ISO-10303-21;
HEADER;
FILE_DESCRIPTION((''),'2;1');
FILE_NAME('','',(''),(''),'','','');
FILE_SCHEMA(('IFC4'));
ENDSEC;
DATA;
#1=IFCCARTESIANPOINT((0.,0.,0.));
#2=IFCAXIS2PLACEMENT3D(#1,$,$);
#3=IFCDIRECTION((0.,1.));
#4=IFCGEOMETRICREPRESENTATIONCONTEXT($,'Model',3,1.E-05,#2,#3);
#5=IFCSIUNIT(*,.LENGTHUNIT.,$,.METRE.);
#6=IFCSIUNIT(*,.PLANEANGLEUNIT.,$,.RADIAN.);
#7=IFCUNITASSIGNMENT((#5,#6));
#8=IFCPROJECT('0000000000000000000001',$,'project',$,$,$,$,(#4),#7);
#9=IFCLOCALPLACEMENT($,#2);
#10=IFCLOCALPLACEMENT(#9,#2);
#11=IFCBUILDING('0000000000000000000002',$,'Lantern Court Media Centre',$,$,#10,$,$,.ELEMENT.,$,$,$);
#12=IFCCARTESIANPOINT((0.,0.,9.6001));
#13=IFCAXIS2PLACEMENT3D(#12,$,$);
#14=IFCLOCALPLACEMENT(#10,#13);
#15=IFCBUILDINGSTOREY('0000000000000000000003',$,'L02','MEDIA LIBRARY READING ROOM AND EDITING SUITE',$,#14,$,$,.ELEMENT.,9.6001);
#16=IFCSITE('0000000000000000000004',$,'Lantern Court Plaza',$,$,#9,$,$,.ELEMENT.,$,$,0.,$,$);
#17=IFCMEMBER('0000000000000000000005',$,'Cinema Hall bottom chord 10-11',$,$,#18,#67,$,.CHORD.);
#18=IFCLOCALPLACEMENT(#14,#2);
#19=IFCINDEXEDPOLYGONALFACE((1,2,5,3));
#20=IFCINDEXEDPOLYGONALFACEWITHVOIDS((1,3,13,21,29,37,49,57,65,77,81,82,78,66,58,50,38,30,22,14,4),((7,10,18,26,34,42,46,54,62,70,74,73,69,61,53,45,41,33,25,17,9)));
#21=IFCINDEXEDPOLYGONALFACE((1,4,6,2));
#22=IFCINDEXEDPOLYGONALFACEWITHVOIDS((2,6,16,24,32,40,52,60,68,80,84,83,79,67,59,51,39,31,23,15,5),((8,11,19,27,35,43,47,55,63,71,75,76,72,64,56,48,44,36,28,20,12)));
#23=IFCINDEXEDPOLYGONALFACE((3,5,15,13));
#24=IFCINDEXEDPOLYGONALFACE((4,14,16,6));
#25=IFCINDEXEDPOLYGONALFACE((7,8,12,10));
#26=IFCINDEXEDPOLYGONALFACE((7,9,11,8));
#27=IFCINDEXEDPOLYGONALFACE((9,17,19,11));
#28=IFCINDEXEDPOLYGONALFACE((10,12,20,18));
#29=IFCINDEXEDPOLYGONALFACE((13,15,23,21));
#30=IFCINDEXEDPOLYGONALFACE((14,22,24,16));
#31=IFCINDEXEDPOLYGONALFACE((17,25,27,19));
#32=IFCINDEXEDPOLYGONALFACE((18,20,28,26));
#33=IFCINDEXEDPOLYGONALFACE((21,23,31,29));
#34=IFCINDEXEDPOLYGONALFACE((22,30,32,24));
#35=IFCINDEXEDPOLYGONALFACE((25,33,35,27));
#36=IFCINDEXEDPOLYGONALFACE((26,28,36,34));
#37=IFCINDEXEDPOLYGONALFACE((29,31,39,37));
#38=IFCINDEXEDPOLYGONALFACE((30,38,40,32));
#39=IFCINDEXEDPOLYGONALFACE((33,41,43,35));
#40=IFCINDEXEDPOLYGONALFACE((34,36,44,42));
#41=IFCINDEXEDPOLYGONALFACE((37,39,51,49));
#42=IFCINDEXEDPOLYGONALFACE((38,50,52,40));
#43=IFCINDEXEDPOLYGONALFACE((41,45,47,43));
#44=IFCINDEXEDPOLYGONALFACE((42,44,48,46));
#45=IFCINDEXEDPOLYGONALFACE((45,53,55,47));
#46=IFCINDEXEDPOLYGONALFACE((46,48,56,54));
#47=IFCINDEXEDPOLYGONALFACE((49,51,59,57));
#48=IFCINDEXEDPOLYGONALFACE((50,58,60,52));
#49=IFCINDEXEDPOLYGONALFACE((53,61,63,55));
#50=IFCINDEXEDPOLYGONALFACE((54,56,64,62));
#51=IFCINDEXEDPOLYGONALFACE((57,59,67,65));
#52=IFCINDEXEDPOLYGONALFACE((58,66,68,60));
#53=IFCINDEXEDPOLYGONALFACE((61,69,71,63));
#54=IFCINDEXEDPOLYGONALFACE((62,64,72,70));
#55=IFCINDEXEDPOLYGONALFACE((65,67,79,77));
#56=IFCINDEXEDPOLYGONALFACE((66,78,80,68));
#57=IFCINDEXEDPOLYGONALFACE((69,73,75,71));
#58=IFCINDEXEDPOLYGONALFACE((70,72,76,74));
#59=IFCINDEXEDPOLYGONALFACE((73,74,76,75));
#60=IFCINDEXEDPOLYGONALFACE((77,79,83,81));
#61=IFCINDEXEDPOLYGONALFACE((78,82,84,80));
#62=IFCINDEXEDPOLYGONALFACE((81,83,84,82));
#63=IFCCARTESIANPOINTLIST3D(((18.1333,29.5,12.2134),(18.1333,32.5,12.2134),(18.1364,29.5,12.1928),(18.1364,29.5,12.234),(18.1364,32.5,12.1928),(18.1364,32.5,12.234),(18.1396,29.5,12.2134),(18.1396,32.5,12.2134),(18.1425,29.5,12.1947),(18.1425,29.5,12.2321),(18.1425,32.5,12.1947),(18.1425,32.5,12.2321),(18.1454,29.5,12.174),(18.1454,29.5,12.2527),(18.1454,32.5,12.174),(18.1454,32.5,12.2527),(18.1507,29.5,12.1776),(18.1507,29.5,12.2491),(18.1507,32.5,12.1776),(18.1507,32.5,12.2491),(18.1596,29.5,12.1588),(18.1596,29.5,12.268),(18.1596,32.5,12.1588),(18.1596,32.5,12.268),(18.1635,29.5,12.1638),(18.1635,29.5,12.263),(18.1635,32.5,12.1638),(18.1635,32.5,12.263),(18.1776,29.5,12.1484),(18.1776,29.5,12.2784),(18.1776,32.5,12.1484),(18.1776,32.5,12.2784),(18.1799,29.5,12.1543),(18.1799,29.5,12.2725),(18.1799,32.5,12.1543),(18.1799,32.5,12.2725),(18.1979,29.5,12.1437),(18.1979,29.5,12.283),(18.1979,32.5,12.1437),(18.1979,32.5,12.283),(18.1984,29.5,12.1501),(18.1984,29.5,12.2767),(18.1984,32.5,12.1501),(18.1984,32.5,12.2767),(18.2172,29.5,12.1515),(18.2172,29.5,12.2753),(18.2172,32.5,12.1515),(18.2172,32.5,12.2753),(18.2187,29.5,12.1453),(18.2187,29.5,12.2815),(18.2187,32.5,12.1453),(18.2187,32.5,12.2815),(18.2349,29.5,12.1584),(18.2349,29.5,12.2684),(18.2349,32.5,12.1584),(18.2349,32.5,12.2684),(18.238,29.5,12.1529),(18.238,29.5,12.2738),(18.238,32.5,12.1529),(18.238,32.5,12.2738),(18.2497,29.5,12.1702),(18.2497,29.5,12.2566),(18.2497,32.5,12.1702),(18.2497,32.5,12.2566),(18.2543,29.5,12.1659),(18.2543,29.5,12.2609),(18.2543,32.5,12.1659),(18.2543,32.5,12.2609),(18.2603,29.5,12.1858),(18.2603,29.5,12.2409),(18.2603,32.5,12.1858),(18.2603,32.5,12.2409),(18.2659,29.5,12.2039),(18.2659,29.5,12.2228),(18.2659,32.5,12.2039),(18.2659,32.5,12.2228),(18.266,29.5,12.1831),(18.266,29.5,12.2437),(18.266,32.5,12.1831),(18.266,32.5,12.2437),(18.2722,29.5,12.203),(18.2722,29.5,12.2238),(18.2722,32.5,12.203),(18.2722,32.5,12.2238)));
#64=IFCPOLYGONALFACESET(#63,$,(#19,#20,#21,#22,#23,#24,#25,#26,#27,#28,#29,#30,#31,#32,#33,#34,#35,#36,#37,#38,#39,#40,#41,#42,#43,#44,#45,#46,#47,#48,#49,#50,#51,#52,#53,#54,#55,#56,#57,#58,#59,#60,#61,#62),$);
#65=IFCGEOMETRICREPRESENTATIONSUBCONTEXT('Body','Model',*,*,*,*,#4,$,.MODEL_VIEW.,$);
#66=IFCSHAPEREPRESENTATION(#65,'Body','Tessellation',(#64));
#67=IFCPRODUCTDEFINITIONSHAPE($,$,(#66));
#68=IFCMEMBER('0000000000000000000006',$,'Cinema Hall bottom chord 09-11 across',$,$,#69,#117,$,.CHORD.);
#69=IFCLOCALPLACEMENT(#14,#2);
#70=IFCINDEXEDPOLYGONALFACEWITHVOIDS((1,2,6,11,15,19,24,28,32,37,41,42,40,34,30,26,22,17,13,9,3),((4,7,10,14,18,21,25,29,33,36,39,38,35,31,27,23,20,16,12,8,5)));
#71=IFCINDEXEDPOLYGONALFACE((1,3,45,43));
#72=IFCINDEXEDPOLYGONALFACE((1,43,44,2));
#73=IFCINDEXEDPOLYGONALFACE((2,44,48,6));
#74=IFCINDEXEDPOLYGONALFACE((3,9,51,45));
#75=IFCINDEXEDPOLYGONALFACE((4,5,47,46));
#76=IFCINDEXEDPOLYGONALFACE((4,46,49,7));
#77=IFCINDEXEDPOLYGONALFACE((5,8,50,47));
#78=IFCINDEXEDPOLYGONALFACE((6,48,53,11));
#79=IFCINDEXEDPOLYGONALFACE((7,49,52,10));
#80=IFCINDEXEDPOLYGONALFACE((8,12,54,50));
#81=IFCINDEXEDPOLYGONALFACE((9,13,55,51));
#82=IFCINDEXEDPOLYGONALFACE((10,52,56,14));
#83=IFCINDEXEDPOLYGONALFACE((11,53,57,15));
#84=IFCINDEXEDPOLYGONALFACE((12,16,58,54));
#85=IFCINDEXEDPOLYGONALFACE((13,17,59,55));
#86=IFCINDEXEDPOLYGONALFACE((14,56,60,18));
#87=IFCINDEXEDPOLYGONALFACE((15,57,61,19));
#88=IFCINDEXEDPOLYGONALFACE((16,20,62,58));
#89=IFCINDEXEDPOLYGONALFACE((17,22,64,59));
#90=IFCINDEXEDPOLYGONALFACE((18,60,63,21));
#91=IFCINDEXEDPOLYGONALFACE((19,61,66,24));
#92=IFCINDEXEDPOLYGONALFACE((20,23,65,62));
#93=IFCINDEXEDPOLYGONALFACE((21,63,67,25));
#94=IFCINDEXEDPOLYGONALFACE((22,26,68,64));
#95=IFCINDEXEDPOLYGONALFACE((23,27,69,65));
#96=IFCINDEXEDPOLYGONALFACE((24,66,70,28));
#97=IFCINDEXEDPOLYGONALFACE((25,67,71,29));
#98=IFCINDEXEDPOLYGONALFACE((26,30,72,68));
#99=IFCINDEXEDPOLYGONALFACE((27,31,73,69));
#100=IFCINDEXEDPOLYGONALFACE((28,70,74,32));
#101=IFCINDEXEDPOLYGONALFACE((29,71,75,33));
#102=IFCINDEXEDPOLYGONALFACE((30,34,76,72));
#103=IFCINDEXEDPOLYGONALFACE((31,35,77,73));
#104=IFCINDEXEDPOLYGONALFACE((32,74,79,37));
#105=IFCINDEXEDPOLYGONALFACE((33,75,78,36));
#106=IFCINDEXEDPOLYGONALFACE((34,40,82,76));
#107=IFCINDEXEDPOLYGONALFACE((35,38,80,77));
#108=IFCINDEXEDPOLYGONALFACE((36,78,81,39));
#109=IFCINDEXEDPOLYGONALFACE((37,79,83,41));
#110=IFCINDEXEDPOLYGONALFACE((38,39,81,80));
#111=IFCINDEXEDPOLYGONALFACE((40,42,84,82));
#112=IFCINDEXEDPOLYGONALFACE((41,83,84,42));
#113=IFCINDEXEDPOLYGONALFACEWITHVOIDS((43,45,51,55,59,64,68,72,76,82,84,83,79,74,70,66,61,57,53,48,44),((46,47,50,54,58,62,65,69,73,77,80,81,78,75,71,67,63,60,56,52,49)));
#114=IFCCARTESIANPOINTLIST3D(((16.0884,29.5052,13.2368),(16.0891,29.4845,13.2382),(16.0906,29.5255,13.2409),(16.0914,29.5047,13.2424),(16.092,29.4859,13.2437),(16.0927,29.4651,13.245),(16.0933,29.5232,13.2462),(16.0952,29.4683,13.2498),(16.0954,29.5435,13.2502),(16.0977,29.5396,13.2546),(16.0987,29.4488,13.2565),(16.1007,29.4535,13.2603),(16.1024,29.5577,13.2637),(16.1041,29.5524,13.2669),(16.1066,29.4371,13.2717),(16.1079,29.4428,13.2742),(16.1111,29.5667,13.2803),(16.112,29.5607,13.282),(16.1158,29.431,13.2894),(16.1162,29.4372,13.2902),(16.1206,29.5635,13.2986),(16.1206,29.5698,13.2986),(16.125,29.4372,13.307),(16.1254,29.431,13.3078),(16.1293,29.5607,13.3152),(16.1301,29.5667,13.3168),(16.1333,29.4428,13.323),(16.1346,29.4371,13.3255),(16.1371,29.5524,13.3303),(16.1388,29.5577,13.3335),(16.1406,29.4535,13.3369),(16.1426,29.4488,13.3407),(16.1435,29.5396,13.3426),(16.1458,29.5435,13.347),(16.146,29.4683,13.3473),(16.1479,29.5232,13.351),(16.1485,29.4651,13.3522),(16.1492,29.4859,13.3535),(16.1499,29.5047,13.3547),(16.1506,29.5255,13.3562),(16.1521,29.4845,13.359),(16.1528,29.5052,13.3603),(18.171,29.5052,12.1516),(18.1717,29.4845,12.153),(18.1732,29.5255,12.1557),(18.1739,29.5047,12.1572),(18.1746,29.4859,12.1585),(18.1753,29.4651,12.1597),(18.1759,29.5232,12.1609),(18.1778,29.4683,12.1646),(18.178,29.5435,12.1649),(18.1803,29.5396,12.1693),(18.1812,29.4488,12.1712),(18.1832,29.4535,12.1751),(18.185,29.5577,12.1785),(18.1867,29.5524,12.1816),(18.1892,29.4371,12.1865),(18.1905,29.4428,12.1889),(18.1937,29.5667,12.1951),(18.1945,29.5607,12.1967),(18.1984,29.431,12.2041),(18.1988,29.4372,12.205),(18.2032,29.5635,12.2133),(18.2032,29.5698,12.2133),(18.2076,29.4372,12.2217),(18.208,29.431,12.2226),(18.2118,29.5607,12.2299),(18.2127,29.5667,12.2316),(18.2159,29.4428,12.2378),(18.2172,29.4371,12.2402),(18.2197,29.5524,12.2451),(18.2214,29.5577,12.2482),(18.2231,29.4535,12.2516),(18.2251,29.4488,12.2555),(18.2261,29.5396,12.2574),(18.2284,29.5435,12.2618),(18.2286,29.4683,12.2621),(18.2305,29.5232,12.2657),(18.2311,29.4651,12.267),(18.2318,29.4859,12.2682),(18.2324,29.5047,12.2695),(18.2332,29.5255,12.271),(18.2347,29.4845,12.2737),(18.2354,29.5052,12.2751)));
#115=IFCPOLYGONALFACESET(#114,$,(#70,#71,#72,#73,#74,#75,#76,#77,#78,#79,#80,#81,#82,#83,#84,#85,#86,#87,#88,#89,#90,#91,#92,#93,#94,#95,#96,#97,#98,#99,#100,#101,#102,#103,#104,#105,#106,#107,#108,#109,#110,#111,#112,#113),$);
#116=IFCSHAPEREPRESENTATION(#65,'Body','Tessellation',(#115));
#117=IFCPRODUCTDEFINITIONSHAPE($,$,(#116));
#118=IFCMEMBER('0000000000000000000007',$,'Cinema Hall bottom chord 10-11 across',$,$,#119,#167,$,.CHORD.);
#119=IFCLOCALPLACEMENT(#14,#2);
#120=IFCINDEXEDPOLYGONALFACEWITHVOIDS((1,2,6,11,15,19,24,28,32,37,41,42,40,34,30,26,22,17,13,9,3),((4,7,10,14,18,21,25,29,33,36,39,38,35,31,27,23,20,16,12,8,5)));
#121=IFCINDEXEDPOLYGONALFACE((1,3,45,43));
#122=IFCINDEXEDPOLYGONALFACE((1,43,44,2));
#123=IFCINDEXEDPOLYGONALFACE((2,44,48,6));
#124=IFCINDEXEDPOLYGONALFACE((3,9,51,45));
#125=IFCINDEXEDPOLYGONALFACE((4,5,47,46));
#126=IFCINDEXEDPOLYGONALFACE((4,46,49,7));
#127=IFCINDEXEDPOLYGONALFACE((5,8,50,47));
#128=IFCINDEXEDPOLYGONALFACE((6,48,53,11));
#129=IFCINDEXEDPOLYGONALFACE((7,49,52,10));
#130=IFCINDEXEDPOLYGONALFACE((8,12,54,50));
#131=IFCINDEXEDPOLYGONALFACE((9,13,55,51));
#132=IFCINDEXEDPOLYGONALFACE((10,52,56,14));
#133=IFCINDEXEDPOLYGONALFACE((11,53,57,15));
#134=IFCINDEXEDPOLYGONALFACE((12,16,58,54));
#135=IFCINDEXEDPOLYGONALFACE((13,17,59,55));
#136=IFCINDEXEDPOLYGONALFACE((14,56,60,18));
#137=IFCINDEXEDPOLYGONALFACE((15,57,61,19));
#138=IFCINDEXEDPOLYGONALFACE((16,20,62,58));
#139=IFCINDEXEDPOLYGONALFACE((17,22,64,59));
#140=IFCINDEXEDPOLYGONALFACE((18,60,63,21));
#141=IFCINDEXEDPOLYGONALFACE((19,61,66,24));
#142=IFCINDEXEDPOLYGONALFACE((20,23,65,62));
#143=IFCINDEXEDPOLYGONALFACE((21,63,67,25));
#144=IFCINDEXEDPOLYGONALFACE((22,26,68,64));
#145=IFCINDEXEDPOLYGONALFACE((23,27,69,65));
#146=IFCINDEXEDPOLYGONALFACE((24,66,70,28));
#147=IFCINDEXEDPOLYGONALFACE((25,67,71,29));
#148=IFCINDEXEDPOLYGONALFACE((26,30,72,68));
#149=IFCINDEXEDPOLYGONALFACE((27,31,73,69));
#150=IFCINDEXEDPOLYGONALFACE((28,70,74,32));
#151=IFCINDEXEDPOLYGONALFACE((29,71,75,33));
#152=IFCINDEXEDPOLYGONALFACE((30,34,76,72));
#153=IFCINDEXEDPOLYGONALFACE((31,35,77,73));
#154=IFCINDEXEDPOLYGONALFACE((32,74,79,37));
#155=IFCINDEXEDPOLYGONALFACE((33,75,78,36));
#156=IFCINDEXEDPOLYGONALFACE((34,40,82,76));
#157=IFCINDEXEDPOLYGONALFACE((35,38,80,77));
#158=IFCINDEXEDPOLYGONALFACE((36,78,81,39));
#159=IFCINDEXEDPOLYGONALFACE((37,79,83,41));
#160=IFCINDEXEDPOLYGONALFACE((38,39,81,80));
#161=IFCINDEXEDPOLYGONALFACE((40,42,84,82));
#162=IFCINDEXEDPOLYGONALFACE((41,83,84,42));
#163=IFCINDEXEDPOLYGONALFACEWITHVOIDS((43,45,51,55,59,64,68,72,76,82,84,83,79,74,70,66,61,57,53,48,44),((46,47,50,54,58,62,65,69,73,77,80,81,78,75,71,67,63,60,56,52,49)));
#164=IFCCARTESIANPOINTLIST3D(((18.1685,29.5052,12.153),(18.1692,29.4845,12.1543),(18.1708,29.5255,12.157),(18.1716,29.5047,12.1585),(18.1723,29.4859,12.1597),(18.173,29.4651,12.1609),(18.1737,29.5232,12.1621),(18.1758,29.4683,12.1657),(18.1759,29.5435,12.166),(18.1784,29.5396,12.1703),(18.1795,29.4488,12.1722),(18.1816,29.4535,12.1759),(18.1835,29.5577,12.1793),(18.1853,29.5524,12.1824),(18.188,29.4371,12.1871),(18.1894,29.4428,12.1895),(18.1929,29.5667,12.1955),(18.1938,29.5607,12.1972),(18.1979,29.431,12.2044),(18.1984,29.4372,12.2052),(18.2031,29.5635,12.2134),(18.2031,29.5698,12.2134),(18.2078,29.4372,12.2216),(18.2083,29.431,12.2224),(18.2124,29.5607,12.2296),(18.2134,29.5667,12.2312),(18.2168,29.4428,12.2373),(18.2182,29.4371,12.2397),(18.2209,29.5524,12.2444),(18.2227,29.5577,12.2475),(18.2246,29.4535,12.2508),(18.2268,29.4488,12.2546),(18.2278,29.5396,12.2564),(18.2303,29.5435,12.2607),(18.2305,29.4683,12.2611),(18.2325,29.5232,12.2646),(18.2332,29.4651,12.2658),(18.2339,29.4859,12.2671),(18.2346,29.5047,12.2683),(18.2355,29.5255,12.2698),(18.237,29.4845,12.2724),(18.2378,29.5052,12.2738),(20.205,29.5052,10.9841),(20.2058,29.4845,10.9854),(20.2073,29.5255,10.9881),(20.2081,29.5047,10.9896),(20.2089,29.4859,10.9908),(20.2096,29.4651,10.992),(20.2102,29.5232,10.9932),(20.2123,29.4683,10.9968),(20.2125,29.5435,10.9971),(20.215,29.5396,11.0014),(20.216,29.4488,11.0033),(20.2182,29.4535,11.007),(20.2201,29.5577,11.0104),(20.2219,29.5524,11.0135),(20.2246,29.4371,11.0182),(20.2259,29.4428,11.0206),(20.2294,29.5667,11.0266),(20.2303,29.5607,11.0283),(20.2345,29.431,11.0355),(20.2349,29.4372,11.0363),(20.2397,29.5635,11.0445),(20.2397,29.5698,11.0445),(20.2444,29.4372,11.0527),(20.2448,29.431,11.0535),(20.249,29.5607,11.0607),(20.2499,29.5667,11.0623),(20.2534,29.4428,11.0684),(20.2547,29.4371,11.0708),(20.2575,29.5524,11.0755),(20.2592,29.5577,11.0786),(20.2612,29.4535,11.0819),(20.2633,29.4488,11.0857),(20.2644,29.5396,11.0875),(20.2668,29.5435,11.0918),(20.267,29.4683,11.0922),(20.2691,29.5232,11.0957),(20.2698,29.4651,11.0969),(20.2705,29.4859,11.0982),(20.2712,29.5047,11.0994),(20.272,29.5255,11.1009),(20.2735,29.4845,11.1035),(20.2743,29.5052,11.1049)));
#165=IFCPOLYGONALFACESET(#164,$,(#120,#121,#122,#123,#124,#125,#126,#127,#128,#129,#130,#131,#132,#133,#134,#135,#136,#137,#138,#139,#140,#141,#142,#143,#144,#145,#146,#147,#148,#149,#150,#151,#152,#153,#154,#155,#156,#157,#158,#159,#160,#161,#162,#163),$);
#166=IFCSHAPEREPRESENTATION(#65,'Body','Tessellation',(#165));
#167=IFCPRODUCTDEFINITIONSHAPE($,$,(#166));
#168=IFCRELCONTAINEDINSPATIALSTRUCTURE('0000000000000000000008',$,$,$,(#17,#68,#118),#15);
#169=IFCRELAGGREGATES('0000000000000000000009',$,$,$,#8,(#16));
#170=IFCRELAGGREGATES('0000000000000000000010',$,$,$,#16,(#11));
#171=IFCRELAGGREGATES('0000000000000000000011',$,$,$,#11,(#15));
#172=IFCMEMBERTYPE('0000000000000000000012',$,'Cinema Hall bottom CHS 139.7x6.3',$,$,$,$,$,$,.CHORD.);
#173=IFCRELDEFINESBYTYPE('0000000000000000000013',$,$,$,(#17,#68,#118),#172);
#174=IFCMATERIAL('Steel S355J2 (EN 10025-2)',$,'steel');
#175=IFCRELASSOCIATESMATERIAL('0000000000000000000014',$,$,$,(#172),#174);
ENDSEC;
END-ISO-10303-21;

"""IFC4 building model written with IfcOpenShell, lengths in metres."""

from ifc_helpers import new_model, si_unit, direction, frame, origin, origin_2d, place, context, subcontext, project, spatial, hollow_circle, extrude, material, material_profile, profile_set, type_object, element, save


model = new_model("IFC4")

# Units and contexts
model_context = context("Model", 3, precision=1e-05, world=origin(), true_north=direction((0.0, 1.0)))
body_context = subcontext(model_context, "Body", "Model", "MODEL_VIEW")
ifc_project = project(units=[si_unit("LENGTHUNIT", "METRE"), si_unit("PLANEANGLEUNIT", "RADIAN")], contexts=[model_context])

# Site, building, storey
site_placement = place(None, origin())
site = spatial("IfcSite", under=ifc_project, at=site_placement, Name="Lantern Court Plaza", CompositionType="ELEMENT", RefElevation=0.0)
building_placement = place(site_placement, origin())
building = spatial("IfcBuilding", under=site, at=building_placement, Name="Lantern Court Media Centre", CompositionType="ELEMENT")
storey_placement = place(building_placement, frame((0.0, 0.0, 9.6001)))
storey = spatial("IfcBuildingStorey", under=building, at=storey_placement, Name="L02", Description="MEDIA LIBRARY READING ROOM AND EDITING SUITE", CompositionType="ELEMENT", Elevation=9.6001)

# Members
ifc_material = material(Name="Steel S355J2 (EN 10025-2)", Category="steel")
ifc_material_profile_1 = material_profile(ifc_material, hollow_circle(Radius=0.0698, WallThickness=0.0063, at=origin_2d()), Name="Cinema Hall bottom CHS 139.7x6.3")
ifc_profile_set_1 = profile_set([ifc_material_profile_1], Name="Steel S355J2 (EN 10025-2)")
member_type_1 = type_object("IfcMemberType", Name="Cinema Hall bottom CHS 139.7x6.3", PredefinedType="CHORD", material=ifc_profile_set_1)
member_1_placement = place(storey_placement, frame((18.2031, 29.5, 12.2134), z_axis=(0.0, 1.0, 0.0), x_axis=(-1.0, 0.0, 0.0)))
element("IfcMember", 1, at=member_1_placement, inside=storey, type_object=member_type_1, Name="Cinema Hall bottom chord 10-11", PredefinedType="CHORD", context=body_context, shape_type="SweptSolid", body=[
    extrude(hollow_circle(Radius=0.0698, WallThickness=0.0063, at=origin_2d()), origin(), (0.0, 0.0, 1.0), 3.0),
])
member_2_placement = place(storey_placement, frame((16.1206, 29.5, 13.2986), z_axis=(0.886816, 0.0, -0.462122), x_axis=(0.0, 1.0, 0.0)))
element("IfcMember", 2, at=member_2_placement, inside=storey, type_object=member_type_1, Name="Cinema Hall bottom chord 09-11 across", PredefinedType="CHORD", context=body_context, shape_type="SweptSolid", body=[
    extrude(hollow_circle(Radius=0.0698, WallThickness=0.0063, at=origin_2d()), origin(), (0.0, 0.0, 1.0), 2.3484),
])
member_3_placement = place(storey_placement, frame((18.2031, 29.5, 12.2134), z_axis=(0.867295, 0.0, -0.497795), x_axis=(0.0, 1.0, 0.0)))
element("IfcMember", 3, at=member_3_placement, inside=storey, type_object=member_type_1, Name="Cinema Hall bottom chord 10-11 across", PredefinedType="CHORD", context=body_context, shape_type="SweptSolid", body=[
    extrude(hollow_circle(Radius=0.0698, WallThickness=0.0063, at=origin_2d()), origin(), (0.0, 0.0, 1.0), 2.3481),
])

save(model, "model.ifc")
